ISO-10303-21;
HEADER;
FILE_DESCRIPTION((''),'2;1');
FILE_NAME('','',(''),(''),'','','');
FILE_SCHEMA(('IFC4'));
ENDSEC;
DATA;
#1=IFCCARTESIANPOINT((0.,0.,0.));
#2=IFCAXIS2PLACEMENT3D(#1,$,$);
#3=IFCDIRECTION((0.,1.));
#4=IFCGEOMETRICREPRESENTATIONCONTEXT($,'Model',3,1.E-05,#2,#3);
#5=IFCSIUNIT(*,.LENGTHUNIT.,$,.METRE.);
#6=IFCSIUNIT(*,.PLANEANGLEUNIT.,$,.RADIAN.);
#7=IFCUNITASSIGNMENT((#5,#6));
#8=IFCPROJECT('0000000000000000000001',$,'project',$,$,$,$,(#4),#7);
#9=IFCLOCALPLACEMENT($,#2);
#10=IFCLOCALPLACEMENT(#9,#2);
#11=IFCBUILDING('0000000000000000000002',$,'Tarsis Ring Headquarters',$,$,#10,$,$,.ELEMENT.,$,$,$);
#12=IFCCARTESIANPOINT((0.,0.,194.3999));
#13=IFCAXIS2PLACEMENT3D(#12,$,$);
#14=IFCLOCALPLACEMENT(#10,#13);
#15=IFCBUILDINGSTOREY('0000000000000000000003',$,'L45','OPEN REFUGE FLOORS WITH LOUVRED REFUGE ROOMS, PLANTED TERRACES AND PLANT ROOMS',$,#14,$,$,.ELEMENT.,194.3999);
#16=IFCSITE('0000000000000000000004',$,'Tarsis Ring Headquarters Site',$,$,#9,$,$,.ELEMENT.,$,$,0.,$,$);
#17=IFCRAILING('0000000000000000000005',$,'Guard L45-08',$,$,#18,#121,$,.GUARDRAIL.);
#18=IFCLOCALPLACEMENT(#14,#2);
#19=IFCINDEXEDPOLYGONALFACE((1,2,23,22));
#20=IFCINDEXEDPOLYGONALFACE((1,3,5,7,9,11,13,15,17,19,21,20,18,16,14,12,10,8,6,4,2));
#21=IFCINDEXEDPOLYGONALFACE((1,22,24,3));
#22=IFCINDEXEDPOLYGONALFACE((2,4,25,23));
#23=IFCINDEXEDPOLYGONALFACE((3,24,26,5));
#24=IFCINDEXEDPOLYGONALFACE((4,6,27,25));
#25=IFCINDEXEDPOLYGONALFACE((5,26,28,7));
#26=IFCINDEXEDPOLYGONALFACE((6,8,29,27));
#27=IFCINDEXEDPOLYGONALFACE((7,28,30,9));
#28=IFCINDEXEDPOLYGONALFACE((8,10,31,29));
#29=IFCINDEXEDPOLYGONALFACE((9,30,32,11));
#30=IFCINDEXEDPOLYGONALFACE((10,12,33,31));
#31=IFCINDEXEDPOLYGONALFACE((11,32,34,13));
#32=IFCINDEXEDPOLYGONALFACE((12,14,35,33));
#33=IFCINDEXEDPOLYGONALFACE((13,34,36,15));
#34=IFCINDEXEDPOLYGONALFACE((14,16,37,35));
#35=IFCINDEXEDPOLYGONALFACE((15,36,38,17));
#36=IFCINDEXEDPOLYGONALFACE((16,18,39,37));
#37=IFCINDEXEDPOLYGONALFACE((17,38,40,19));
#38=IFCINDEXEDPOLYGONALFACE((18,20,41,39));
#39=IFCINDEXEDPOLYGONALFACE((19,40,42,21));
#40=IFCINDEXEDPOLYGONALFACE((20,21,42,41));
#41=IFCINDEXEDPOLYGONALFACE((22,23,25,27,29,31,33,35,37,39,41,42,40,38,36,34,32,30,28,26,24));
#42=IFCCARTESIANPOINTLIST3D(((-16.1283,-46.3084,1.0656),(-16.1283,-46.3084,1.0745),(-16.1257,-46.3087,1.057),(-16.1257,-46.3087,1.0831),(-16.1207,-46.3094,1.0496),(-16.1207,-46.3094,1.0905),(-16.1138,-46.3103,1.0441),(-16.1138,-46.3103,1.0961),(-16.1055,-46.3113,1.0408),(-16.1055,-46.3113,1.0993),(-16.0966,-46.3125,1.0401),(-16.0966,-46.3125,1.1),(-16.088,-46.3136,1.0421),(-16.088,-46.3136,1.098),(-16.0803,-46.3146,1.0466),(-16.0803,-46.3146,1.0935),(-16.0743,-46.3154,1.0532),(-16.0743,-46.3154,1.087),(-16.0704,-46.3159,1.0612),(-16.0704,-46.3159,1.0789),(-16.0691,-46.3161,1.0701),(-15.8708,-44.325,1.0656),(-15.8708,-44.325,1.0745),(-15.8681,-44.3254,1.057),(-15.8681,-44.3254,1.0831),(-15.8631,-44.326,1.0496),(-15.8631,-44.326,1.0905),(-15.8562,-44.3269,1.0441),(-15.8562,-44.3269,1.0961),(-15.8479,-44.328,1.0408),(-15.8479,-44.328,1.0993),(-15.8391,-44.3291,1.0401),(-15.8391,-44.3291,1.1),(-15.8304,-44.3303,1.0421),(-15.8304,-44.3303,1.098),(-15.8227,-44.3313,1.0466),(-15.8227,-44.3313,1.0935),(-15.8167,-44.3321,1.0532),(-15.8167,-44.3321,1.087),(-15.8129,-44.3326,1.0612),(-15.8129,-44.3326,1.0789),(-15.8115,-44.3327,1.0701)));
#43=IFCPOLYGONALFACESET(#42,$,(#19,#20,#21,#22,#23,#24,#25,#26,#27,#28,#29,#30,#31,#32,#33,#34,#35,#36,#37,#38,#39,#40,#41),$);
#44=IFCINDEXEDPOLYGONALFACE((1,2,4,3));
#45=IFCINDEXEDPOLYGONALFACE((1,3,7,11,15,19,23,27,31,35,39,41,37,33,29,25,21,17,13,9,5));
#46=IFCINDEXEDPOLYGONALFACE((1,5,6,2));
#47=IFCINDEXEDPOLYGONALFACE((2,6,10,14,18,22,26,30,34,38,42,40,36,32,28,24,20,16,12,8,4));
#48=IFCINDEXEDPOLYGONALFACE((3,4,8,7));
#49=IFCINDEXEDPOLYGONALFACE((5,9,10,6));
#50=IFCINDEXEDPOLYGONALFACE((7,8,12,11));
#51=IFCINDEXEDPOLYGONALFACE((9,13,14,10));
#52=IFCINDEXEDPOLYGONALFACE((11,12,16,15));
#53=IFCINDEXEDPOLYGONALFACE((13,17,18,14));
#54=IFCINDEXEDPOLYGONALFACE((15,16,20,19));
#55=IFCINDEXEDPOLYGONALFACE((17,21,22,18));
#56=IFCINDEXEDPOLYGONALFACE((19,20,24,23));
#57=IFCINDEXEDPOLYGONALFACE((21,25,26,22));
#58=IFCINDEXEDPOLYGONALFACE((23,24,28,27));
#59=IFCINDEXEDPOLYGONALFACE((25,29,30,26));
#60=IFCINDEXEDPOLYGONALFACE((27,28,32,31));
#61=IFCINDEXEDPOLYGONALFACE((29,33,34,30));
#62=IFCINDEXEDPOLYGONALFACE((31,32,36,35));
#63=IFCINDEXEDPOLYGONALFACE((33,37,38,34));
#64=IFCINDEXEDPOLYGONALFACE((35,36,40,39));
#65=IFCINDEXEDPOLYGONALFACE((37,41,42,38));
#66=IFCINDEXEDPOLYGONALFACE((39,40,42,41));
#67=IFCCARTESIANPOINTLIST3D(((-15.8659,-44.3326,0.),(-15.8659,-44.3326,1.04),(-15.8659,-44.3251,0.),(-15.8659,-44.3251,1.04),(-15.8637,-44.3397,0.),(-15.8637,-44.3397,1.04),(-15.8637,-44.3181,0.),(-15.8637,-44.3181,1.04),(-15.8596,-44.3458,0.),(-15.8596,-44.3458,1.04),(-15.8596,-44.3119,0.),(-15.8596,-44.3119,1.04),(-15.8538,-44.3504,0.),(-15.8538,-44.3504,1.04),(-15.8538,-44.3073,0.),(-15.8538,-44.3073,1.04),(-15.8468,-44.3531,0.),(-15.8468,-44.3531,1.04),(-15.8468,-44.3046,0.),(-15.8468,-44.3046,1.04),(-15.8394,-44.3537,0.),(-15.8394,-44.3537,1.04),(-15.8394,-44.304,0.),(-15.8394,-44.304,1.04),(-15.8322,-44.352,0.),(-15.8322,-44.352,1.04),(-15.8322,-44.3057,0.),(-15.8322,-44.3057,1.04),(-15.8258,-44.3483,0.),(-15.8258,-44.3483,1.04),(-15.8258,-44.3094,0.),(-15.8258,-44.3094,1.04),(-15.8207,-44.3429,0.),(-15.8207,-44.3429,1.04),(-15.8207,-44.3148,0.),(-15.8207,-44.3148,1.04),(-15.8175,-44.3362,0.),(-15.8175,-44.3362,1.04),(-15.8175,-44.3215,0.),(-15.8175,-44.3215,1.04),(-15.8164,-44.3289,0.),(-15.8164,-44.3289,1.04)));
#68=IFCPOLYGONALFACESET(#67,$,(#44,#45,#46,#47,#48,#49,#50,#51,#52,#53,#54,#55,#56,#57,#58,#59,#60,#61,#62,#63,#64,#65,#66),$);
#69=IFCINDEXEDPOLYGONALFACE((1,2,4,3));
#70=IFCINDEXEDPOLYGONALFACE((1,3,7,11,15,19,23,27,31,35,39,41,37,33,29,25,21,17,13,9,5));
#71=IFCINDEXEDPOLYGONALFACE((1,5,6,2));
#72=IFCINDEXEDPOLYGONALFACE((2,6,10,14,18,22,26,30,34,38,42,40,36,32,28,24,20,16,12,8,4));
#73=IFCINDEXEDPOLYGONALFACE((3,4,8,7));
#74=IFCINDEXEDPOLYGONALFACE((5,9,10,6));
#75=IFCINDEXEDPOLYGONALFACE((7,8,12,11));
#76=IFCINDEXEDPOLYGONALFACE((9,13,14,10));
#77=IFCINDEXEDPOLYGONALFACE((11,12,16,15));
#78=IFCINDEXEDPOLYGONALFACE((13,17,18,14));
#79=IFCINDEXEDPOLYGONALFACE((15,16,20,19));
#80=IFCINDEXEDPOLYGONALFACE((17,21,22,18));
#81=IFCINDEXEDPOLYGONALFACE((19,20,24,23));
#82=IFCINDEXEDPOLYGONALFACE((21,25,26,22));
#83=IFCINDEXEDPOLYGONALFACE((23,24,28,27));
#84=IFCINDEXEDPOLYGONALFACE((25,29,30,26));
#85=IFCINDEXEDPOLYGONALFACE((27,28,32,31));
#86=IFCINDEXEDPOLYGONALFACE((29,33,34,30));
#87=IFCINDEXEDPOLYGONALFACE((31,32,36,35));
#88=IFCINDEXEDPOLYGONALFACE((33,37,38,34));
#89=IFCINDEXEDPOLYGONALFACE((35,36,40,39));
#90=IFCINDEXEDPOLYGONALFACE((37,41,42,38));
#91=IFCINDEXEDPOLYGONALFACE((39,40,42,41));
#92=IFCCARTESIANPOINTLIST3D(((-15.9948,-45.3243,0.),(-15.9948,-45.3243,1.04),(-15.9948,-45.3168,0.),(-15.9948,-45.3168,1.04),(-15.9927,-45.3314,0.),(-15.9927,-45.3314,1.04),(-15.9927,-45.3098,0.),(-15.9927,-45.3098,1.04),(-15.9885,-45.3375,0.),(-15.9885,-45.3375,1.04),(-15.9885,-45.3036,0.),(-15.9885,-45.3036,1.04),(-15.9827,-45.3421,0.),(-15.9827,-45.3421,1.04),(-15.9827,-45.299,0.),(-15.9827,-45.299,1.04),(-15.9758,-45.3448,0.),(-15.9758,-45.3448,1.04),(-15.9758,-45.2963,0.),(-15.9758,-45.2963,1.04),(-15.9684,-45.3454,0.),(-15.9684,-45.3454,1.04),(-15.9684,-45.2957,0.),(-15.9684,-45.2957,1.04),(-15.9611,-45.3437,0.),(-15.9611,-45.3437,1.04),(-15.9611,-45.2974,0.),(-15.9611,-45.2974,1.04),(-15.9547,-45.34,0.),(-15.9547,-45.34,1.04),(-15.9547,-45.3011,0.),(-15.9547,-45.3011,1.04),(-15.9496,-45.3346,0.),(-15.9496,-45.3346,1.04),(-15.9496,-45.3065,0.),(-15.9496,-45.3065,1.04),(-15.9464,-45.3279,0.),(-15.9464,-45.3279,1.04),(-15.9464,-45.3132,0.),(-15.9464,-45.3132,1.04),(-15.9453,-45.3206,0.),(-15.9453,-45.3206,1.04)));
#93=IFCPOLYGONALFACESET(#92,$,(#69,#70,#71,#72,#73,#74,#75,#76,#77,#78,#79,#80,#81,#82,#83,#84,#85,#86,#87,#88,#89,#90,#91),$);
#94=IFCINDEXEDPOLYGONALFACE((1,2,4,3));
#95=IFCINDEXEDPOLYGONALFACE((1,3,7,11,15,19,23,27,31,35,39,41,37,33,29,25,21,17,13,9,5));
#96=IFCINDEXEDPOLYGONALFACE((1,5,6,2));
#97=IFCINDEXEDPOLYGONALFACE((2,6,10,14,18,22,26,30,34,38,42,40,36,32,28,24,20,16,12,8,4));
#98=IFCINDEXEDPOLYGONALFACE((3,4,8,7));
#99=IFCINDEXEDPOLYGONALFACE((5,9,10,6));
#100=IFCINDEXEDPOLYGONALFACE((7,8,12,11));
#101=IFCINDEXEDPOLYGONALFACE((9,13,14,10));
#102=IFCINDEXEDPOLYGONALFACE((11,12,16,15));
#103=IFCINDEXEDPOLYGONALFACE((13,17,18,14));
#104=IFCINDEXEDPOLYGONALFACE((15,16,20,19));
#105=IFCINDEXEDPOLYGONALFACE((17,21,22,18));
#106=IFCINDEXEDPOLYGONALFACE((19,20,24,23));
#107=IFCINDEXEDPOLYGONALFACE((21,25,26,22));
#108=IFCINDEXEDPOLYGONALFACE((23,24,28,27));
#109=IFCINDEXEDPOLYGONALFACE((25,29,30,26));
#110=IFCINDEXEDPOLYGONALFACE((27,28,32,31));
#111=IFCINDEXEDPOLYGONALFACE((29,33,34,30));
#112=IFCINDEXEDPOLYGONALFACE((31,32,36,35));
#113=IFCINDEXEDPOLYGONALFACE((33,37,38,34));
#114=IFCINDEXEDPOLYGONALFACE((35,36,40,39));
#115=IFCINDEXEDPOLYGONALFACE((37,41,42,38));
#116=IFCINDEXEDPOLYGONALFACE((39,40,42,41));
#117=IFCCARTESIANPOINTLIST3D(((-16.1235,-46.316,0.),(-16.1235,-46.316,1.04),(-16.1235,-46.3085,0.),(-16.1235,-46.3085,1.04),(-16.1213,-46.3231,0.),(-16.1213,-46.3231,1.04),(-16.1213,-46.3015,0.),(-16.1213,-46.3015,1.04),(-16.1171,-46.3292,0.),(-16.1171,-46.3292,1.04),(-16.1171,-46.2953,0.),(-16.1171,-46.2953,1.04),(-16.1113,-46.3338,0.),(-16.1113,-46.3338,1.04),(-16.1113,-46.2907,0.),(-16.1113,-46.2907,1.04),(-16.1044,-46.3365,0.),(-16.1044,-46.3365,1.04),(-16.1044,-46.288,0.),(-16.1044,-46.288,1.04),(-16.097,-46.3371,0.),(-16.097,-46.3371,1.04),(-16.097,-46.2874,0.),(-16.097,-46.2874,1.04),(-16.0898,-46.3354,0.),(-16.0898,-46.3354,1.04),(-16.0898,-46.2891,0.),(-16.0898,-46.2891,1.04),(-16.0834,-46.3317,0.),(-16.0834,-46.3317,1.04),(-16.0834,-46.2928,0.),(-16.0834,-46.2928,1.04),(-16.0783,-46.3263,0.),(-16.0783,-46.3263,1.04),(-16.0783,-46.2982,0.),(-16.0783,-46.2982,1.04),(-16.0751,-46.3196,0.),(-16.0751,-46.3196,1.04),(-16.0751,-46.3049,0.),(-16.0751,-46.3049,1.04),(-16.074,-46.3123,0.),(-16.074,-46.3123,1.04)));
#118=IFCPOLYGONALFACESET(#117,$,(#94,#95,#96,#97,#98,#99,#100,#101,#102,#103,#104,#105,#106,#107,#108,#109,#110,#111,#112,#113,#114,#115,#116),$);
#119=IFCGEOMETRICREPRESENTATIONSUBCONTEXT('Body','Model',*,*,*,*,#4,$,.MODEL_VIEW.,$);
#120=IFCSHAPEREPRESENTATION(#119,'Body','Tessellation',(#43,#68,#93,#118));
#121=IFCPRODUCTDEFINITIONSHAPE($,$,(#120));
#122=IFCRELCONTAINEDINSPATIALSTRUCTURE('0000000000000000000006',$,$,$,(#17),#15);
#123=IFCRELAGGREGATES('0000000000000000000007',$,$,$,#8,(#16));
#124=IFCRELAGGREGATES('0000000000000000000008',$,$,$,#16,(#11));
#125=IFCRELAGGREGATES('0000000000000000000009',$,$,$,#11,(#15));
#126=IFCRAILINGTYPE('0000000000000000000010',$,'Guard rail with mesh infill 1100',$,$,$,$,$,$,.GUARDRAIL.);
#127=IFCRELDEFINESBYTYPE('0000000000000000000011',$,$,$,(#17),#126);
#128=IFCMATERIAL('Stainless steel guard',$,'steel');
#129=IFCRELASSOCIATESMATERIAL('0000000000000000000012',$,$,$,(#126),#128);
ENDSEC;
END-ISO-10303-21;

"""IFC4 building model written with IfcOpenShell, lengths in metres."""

from ifc_helpers import new_model, si_unit, direction, frame, origin, origin_2d, place, context, subcontext, project, spatial, circle, extrude, material, type_object, element, save


model = new_model("IFC4")

# Units and contexts
model_context = context("Model", 3, precision=1e-05, world=origin(), true_north=direction((0.0, 1.0)))
body_context = subcontext(model_context, "Body", "Model", "MODEL_VIEW")
ifc_project = project(units=[si_unit("LENGTHUNIT", "METRE"), si_unit("PLANEANGLEUNIT", "RADIAN")], contexts=[model_context])

# Site, building, storey
site_placement = place(None, origin())
site = spatial("IfcSite", under=ifc_project, at=site_placement, Name="Tarsis Ring Headquarters Site", CompositionType="ELEMENT", RefElevation=0.0)
building_placement = place(site_placement, origin())
building = spatial("IfcBuilding", under=site, at=building_placement, Name="Tarsis Ring Headquarters", CompositionType="ELEMENT")
storey_placement = place(building_placement, frame((0.0, 0.0, 194.3999)))
storey = spatial("IfcBuildingStorey", under=building, at=storey_placement, Name="L45", Description="OPEN REFUGE FLOORS WITH LOUVRED REFUGE ROOMS, PLANTED TERRACES AND PLANT ROOMS", CompositionType="ELEMENT", Elevation=194.3999)

# Railing
ifc_material_1 = material(Name="Stainless steel guard", Category="steel")
railing_type_1 = type_object("IfcRailingType", Name="Guard rail with mesh infill 1100", PredefinedType="GUARDRAIL", material=ifc_material_1)
railing_1_placement = place(storey_placement, frame((-15.8413, -44.3289, 0.0)))
element("IfcRailing", 1, at=railing_1_placement, inside=storey, type_object=railing_type_1, Name="Guard L45-08", PredefinedType="GUARDRAIL", context=body_context, shape_type="SweptSolid", body=[
    extrude(circle(Radius=0.03, at=origin_2d()), frame((0.0, 0.0, 1.0701), z_axis=(-0.128781, -0.991673, 0.0), x_axis=(0.991673, -0.128781, 0.0)), (0.0, 0.0, 1.0), 2.0),
    extrude(circle(Radius=0.0249, at=origin_2d()), origin(), (0.0, 0.0, 1.0), 1.04),
    extrude(circle(Radius=0.0249, at=origin_2d()), frame((-0.1289, -0.9917, 0.0)), (0.0, 0.0, 1.0), 1.04),
    extrude(circle(Radius=0.0249, at=origin_2d()), frame((-0.2576, -1.9834, 0.0)), (0.0, 0.0, 1.0), 1.04),
])

save(model, "model.ifc")
